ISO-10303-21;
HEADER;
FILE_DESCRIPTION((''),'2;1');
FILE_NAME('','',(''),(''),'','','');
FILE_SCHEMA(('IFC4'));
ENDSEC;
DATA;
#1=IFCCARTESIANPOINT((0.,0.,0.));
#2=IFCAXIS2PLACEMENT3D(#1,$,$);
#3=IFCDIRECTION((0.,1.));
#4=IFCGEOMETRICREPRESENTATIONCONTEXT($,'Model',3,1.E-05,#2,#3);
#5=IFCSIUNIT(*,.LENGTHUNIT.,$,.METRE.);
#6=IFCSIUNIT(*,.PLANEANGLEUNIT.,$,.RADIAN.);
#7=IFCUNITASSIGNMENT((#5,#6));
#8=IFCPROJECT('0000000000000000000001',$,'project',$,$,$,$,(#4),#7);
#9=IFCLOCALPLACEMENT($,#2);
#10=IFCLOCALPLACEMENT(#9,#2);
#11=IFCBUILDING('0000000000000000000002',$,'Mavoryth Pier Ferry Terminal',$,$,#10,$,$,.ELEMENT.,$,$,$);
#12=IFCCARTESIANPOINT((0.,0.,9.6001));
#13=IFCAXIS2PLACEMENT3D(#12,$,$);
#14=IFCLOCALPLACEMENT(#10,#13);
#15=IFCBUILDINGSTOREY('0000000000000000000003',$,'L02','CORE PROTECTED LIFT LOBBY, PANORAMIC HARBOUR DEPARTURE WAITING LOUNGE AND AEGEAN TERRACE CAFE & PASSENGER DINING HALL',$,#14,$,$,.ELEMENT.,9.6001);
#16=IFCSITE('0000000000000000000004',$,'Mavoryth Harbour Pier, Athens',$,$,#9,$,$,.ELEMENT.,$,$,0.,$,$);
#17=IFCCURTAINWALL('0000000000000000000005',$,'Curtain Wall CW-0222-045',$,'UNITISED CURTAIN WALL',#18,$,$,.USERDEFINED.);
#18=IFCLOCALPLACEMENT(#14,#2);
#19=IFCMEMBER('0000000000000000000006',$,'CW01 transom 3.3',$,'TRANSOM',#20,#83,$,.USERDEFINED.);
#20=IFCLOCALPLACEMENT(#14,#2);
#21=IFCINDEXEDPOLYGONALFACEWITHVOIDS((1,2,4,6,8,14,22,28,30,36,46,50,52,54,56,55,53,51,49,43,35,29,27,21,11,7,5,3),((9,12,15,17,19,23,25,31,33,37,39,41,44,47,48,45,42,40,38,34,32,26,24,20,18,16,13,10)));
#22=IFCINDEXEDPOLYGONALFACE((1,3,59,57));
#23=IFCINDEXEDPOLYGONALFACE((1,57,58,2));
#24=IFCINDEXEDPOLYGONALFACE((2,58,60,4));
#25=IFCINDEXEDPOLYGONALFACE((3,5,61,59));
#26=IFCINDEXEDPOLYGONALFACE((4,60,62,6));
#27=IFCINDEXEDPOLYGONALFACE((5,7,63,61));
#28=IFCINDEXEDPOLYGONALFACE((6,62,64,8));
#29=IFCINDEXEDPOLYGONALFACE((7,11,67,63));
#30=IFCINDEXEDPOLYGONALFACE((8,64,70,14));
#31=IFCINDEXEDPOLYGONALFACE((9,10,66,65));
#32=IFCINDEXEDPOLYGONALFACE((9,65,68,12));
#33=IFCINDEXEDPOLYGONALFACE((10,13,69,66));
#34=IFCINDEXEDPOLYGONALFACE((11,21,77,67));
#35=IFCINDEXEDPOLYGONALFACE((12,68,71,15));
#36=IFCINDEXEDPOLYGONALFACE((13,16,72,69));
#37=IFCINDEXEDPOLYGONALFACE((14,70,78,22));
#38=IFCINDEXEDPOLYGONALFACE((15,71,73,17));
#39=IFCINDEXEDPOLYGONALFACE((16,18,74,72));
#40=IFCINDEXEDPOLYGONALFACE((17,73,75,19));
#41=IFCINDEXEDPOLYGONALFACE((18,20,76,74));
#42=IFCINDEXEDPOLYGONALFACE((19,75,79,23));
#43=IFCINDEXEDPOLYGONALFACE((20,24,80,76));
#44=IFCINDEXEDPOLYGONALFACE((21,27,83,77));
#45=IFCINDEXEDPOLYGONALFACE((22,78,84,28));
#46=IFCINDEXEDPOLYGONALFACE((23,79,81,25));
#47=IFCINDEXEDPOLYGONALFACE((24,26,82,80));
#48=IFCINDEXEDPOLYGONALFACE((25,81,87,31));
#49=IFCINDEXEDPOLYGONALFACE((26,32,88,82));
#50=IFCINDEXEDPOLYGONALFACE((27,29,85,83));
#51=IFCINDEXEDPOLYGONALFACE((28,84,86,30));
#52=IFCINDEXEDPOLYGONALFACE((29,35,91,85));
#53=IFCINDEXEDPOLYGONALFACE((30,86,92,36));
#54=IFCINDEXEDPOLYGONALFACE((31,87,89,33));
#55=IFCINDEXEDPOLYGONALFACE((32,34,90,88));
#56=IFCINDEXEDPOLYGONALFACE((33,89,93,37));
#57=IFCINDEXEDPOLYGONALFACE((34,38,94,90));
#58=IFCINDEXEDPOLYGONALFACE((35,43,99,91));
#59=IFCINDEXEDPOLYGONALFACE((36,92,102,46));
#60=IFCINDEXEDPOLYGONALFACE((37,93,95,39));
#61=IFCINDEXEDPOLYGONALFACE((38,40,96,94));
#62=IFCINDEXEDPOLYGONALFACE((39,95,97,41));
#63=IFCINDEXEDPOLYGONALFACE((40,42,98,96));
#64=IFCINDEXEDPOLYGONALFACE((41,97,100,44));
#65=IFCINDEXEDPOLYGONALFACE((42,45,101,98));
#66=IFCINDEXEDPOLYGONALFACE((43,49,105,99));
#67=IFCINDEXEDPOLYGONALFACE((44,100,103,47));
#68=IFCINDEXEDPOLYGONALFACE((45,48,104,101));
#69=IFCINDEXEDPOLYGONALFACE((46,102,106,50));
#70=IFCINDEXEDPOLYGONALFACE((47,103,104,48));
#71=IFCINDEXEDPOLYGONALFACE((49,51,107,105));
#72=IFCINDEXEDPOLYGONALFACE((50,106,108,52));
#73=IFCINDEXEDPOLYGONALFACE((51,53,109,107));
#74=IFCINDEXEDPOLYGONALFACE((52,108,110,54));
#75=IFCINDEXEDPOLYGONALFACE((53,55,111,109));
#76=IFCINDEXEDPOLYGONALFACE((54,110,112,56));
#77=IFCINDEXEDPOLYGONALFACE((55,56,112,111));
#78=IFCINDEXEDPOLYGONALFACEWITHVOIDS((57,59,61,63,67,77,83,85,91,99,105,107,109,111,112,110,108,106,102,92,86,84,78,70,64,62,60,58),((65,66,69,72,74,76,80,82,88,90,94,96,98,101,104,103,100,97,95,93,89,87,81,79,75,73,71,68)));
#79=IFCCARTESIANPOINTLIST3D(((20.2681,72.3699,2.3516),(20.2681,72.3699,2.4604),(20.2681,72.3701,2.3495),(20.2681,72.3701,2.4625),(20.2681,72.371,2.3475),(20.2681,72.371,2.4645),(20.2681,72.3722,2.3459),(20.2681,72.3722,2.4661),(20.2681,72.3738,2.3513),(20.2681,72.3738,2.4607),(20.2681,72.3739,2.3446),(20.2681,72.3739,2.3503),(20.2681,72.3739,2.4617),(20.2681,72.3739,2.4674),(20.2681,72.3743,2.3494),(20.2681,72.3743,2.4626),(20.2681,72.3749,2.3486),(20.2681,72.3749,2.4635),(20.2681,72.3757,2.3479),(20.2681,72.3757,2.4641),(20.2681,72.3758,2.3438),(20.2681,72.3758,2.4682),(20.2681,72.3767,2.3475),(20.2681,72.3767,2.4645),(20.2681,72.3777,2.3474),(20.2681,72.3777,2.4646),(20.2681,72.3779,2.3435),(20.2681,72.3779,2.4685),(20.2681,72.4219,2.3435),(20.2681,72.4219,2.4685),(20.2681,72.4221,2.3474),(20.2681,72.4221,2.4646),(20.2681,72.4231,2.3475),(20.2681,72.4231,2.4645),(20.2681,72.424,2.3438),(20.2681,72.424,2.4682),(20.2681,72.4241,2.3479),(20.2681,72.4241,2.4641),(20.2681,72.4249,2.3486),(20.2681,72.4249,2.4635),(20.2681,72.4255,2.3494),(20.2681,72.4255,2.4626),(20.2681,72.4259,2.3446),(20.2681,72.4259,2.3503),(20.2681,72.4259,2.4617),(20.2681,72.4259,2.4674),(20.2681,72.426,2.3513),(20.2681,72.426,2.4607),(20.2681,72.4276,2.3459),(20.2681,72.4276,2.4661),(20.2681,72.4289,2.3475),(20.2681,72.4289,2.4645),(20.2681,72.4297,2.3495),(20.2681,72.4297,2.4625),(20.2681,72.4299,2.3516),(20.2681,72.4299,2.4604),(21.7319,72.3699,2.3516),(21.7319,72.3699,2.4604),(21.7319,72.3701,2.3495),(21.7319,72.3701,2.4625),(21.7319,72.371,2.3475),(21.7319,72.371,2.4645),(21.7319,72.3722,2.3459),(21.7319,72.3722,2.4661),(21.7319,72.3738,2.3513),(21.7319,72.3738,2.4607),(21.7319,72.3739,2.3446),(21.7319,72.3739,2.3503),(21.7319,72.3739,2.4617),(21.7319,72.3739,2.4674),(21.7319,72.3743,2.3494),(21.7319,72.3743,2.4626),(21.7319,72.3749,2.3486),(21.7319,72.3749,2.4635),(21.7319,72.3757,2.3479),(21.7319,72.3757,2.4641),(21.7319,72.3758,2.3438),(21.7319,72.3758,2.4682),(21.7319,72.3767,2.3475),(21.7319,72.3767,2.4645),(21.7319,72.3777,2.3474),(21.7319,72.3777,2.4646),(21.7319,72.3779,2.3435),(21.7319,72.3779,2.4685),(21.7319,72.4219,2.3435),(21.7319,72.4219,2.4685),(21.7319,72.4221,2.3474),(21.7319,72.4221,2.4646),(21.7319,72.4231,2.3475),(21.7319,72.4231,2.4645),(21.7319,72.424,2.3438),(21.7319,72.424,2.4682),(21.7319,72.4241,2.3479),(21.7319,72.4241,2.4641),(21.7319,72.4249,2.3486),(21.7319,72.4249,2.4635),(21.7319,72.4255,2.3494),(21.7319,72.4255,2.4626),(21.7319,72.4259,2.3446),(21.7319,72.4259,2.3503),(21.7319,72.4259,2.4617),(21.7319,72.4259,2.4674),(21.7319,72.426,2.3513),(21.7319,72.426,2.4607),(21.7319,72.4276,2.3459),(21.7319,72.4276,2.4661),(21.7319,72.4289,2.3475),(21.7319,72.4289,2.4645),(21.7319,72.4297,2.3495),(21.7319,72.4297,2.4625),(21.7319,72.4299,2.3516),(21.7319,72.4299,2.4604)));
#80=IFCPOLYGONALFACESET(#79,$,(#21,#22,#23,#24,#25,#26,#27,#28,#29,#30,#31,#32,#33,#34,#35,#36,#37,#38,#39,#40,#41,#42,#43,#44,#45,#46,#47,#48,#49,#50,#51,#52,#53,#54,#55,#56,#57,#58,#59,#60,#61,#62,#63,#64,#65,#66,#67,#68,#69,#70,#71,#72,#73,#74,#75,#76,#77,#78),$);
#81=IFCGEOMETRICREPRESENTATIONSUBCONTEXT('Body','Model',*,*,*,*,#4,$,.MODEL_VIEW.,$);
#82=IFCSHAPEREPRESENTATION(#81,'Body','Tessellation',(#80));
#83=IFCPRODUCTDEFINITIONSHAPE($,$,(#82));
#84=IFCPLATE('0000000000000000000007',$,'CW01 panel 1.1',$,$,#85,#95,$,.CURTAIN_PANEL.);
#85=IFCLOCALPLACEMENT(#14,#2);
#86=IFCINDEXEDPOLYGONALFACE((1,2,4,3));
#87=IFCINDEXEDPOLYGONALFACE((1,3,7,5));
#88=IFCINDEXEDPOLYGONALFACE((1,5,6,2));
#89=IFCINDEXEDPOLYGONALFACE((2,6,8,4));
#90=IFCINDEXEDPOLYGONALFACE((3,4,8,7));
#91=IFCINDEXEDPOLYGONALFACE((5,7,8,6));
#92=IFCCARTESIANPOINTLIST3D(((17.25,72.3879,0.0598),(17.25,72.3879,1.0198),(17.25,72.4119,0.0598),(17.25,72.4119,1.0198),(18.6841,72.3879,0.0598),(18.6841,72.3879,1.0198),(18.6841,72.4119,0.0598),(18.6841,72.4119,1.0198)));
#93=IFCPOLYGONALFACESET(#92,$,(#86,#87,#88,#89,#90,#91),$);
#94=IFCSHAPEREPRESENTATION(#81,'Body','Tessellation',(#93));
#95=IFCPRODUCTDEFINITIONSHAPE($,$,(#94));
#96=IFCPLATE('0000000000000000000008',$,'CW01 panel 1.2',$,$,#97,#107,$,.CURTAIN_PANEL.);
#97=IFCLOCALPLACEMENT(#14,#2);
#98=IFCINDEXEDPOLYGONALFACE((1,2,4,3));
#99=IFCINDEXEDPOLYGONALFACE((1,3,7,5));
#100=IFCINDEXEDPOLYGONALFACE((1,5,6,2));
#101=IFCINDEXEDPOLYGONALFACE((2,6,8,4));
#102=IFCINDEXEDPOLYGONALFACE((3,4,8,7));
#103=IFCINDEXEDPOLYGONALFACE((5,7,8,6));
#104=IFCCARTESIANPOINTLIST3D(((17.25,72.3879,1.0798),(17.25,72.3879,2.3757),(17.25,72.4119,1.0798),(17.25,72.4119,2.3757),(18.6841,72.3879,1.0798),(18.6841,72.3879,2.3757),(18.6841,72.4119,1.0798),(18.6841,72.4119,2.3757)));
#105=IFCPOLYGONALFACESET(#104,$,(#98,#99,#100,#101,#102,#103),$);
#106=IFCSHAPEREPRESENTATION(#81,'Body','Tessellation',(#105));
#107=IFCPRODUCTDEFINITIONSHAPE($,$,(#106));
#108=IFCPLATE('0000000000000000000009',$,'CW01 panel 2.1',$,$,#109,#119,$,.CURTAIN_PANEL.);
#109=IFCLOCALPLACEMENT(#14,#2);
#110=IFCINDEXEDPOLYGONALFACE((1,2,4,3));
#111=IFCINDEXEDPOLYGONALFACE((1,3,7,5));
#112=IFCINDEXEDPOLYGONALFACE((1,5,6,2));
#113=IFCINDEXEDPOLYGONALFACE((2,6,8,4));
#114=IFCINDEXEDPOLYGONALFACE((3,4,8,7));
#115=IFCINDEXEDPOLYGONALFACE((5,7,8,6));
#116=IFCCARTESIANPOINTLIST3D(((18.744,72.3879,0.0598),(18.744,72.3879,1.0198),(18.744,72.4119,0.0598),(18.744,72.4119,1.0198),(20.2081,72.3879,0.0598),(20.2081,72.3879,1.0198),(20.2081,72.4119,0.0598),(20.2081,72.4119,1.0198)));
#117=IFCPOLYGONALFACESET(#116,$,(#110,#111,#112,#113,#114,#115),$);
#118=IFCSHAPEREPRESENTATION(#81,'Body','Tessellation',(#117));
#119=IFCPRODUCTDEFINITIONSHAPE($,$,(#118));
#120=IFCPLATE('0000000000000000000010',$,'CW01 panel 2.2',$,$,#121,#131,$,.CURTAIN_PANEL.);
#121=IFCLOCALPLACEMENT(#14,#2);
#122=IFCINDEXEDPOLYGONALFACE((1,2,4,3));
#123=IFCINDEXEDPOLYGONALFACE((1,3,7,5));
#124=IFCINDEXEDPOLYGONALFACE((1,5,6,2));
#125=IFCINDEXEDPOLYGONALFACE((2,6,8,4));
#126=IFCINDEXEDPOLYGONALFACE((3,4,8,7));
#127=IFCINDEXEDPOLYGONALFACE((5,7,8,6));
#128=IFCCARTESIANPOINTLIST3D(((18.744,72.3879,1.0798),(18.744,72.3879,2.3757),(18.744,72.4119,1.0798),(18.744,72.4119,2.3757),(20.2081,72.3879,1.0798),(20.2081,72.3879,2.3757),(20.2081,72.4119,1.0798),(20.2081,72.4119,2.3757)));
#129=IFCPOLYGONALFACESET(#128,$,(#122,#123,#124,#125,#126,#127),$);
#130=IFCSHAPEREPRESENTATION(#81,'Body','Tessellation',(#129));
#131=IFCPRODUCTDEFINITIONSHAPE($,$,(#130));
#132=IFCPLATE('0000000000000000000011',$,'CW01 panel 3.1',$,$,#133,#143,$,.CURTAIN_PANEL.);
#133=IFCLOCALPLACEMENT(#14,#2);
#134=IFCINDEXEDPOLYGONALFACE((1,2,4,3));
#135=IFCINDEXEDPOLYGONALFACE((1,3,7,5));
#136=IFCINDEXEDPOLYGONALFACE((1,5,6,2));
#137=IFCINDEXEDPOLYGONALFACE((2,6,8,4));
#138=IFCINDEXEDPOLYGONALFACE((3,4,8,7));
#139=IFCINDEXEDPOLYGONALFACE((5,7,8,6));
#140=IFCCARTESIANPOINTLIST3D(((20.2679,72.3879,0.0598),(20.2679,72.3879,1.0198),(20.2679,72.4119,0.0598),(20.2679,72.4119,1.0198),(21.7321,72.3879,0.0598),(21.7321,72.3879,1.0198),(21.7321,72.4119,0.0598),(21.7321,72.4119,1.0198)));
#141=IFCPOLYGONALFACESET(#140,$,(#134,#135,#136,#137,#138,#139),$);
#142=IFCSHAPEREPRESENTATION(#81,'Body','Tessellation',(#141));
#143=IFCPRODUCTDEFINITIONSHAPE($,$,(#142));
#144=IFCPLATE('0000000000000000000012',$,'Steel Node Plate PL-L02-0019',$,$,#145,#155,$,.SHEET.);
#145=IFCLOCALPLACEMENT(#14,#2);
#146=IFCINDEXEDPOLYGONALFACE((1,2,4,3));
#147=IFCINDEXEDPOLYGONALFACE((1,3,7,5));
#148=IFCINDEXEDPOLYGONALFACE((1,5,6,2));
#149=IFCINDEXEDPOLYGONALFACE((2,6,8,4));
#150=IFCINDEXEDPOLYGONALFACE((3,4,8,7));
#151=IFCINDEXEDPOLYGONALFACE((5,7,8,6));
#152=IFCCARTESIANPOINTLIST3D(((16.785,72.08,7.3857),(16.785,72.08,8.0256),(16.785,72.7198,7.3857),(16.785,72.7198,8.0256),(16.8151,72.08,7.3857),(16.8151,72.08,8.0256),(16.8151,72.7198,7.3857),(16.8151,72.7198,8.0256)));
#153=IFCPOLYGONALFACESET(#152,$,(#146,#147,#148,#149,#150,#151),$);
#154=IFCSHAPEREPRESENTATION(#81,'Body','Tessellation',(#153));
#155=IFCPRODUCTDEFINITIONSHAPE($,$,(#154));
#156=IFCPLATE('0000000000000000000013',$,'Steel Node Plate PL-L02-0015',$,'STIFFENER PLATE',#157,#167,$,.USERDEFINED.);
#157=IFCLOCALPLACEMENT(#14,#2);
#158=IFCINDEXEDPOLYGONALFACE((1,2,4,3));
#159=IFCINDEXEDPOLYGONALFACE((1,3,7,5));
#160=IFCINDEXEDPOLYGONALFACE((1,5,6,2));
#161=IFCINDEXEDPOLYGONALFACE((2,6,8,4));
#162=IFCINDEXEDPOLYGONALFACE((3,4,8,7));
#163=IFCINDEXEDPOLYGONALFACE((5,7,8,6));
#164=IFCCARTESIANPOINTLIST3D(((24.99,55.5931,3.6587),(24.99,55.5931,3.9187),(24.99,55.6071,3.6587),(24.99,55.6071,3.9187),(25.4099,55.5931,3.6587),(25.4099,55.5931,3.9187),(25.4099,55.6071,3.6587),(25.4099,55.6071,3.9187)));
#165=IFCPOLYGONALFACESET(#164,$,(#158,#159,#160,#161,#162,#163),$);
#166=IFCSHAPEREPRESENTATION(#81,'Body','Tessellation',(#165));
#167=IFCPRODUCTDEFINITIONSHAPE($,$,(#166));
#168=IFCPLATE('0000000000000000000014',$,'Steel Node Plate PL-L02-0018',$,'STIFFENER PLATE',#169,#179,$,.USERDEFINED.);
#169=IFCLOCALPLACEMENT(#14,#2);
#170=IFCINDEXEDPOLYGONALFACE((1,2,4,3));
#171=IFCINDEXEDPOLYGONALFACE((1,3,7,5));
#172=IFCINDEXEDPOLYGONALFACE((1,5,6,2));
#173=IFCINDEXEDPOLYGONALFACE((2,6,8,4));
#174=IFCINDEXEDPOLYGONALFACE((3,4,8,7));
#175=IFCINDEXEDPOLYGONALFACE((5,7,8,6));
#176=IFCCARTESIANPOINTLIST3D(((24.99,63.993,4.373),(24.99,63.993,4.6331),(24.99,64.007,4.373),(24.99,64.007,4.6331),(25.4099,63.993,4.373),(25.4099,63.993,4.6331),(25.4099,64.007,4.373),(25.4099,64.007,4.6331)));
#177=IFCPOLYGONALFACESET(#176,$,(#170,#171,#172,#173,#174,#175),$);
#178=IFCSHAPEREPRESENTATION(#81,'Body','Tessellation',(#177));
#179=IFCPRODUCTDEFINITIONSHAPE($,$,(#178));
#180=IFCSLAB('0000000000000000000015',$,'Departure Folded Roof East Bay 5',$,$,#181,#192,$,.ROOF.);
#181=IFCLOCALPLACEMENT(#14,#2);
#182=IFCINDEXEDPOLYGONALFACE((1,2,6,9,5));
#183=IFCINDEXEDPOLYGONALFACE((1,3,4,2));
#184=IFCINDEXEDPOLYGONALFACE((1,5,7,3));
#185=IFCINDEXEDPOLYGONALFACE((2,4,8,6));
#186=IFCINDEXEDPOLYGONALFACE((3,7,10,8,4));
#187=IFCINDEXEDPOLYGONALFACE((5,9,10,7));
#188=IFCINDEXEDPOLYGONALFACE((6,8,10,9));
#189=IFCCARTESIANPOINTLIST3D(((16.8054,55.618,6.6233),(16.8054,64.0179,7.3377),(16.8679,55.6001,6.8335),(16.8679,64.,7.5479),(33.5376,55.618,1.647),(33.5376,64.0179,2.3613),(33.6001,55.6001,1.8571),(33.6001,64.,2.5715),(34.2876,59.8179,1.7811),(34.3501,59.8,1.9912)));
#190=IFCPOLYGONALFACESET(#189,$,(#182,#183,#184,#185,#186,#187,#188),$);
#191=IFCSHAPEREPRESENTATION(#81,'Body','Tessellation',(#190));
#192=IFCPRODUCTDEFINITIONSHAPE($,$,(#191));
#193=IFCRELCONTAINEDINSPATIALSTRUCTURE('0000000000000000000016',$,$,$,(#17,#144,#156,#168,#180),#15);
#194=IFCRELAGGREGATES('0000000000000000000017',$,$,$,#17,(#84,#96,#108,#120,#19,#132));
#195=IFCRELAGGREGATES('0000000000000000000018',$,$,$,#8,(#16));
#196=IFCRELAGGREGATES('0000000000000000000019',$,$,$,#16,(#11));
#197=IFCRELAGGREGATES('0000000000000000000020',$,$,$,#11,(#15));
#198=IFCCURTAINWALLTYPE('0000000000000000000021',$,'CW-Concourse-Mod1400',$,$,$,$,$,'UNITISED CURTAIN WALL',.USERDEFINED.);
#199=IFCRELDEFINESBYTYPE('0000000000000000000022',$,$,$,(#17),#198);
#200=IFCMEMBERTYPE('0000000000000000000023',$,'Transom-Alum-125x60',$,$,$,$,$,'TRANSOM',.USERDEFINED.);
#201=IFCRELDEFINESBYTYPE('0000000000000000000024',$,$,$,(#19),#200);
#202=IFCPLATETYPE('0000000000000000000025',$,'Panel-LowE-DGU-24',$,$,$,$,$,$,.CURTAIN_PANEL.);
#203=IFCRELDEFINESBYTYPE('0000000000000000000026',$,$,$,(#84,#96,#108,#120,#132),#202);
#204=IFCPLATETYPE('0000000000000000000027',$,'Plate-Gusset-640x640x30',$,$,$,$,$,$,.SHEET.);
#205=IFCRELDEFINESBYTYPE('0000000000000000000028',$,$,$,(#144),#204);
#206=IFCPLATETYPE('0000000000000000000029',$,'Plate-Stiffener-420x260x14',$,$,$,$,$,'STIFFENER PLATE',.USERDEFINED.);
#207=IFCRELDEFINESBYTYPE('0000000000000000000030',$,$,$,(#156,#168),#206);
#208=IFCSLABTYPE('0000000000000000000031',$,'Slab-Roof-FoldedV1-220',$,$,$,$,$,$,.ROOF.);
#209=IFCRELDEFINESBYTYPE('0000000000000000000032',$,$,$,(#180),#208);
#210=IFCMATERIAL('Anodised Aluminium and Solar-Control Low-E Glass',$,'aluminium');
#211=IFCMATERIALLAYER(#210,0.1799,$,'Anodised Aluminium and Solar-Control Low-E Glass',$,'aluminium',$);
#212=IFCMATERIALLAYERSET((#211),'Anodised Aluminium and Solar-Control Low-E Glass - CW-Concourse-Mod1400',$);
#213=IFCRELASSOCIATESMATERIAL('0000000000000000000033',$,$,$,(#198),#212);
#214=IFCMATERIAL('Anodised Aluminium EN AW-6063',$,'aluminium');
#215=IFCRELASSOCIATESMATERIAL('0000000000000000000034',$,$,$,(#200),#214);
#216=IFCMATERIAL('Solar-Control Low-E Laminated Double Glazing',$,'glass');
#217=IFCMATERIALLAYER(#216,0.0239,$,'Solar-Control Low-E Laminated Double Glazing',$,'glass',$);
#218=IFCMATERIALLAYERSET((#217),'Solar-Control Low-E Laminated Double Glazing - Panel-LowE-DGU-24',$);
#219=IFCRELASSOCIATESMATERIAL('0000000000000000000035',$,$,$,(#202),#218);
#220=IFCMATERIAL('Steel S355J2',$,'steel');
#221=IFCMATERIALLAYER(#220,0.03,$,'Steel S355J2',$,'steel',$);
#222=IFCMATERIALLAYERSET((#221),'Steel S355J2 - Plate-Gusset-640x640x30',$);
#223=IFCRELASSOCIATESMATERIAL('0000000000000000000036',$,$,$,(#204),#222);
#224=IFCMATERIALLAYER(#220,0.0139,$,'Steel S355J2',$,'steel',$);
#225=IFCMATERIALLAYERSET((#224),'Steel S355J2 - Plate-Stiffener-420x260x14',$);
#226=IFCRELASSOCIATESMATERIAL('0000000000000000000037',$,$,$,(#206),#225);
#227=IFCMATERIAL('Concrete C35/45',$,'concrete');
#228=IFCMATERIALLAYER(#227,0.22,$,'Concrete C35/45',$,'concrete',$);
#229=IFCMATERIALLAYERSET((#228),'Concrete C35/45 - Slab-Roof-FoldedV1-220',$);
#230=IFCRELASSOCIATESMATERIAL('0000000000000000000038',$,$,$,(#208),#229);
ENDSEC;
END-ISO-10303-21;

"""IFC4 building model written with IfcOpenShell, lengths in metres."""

from ifc_helpers import new_model, si_unit, direction, frame, origin, origin_2d, place, context, subcontext, project, spatial, polyline, rectangle, hollow_rectangle, outline, extrude, material, layer, layer_set, material_profile, profile_set, type_object, element, aggregate, save


model = new_model("IFC4")

# Units and contexts
model_context = context("Model", 3, precision=1e-05, world=origin(), true_north=direction((0.0, 1.0)))
body_context = subcontext(model_context, "Body", "Model", "MODEL_VIEW")
ifc_project = project(units=[si_unit("LENGTHUNIT", "METRE"), si_unit("PLANEANGLEUNIT", "RADIAN")], contexts=[model_context])

# Site, building, storey
site_placement = place(None, origin())
site = spatial("IfcSite", under=ifc_project, at=site_placement, Name="Mavoryth Harbour Pier, Athens", CompositionType="ELEMENT", RefElevation=0.0)
building_placement = place(site_placement, origin())
building = spatial("IfcBuilding", under=site, at=building_placement, Name="Mavoryth Pier Ferry Terminal", CompositionType="ELEMENT")
storey_placement = place(building_placement, frame((0.0, 0.0, 9.6001)))
storey = spatial("IfcBuildingStorey", under=building, at=storey_placement, Name="L02", Description="CORE PROTECTED LIFT LOBBY, PANORAMIC HARBOUR DEPARTURE WAITING LOUNGE AND AEGEAN TERRACE CAFE & PASSENGER DINING HALL", CompositionType="ELEMENT", Elevation=9.6001)

# Shared definitions
ifc_material_1 = material(Name="Steel S355J2", Category="steel")

# Curtain wall
ifc_material_2 = material(Name="Anodised Aluminium and Solar-Control Low-E Glass", Category="aluminium")
ifc_layer_1 = layer(ifc_material_2, 0.1799, Name="Anodised Aluminium and Solar-Control Low-E Glass", Category="aluminium")
ifc_layer_set_1 = layer_set([ifc_layer_1], Name="Anodised Aluminium and Solar-Control Low-E Glass - CW-Concourse-Mod1400")
curtain_wall_type = type_object("IfcCurtainWallType", Name="CW-Concourse-Mod1400", ElementType="UNITISED CURTAIN WALL", PredefinedType="USERDEFINED", material=ifc_layer_set_1)
curtain_wall_placement = place(storey_placement, origin())
curtain_wall = element("IfcCurtainWall", 1, at=curtain_wall_placement, inside=storey, type_object=curtain_wall_type, Name="Curtain Wall CW-0222-045", ObjectType="UNITISED CURTAIN WALL", PredefinedType="USERDEFINED")
ifc_material_3 = material(Name="Anodised Aluminium EN AW-6063", Category="aluminium")

# Member
ifc_material_profile_1 = material_profile(ifc_material_3, hollow_rectangle(XDim=0.0601, YDim=0.125, WallThickness=0.0039, InnerFilletRadius=0.0039, OuterFilletRadius=0.0081, at=origin_2d()), Name="AL-TRAN 125x60x4", Category="aluminium")
ifc_profile_set_1 = profile_set([ifc_material_profile_1], Name="Anodised Aluminium EN AW-6063 - AL-TRAN 125x60x4")
member_type_1 = type_object("IfcMemberType", Name="Transom-Alum-125x60", ElementType="TRANSOM", PredefinedType="USERDEFINED", material=ifc_profile_set_1)
member_1_placement = place(storey_placement, frame((20.2681, 72.3999, 2.406), z_axis=(1.0, 0.0, 0.0), x_axis=(0.0, 1.0, 0.0)))
member_1 = element("IfcMember", 2, at=member_1_placement, type_object=member_type_1, Name="CW01 transom 3.3", ObjectType="TRANSOM", PredefinedType="USERDEFINED", context=body_context, shape_type="SweptSolid", body=[
    extrude(hollow_rectangle(XDim=0.0601, YDim=0.125, WallThickness=0.0039, InnerFilletRadius=0.0039, OuterFilletRadius=0.0081, at=origin_2d()), origin(), (0.0, 0.0, 1.0), 1.4639),
])

# Plates
ifc_material_4 = material(Name="Solar-Control Low-E Laminated Double Glazing", Category="glass")
ifc_layer_2 = layer(ifc_material_4, 0.0239, Name="Solar-Control Low-E Laminated Double Glazing", Category="glass")
ifc_layer_set_2 = layer_set([ifc_layer_2], Name="Solar-Control Low-E Laminated Double Glazing - Panel-LowE-DGU-24")
plate_type_1 = type_object("IfcPlateType", Name="Panel-LowE-DGU-24", PredefinedType="CURTAIN_PANEL", material=ifc_layer_set_2)
plate_1_placement = place(storey_placement, frame((17.967, 72.3999, 0.0598), z_axis=(0.0, 0.0, 1.0), x_axis=(1.0, 0.0, 0.0)))
plate_1 = element("IfcPlate", 3, at=plate_1_placement, type_object=plate_type_1, Name="CW01 panel 1.1", PredefinedType="CURTAIN_PANEL", context=body_context, shape_type="SweptSolid", body=[
    extrude(rectangle(XDim=1.4341, YDim=0.0239, at=origin_2d()), origin(), (0.0, 0.0, 1.0), 0.96),
])
plate_2_placement = place(storey_placement, frame((17.967, 72.3999, 1.0798), z_axis=(0.0, 0.0, 1.0), x_axis=(1.0, 0.0, 0.0)))
plate_2 = element("IfcPlate", 4, at=plate_2_placement, type_object=plate_type_1, Name="CW01 panel 1.2", PredefinedType="CURTAIN_PANEL", context=body_context, shape_type="SweptSolid", body=[
    extrude(rectangle(XDim=1.4341, YDim=0.0239, at=origin_2d()), origin(), (0.0, 0.0, 1.0), 1.2959),
])
plate_3_placement = place(storey_placement, frame((19.4761, 72.3999, 0.0598), z_axis=(0.0, 0.0, 1.0), x_axis=(1.0, 0.0, 0.0)))
plate_3 = element("IfcPlate", 5, at=plate_3_placement, type_object=plate_type_1, Name="CW01 panel 2.1", PredefinedType="CURTAIN_PANEL", context=body_context, shape_type="SweptSolid", body=[
    extrude(rectangle(XDim=1.4641, YDim=0.0239, at=origin_2d()), origin(), (0.0, 0.0, 1.0), 0.96),
])
plate_4_placement = place(storey_placement, frame((19.4761, 72.3999, 1.0798), z_axis=(0.0, 0.0, 1.0), x_axis=(1.0, 0.0, 0.0)))
plate_4 = element("IfcPlate", 6, at=plate_4_placement, type_object=plate_type_1, Name="CW01 panel 2.2", PredefinedType="CURTAIN_PANEL", context=body_context, shape_type="SweptSolid", body=[
    extrude(rectangle(XDim=1.4641, YDim=0.0239, at=origin_2d()), origin(), (0.0, 0.0, 1.0), 1.2959),
])
plate_5_placement = place(storey_placement, frame((21.0, 72.3999, 0.0598), z_axis=(0.0, 0.0, 1.0), x_axis=(1.0, 0.0, 0.0)))
plate_5 = element("IfcPlate", 7, at=plate_5_placement, type_object=plate_type_1, Name="CW01 panel 3.1", PredefinedType="CURTAIN_PANEL", context=body_context, shape_type="SweptSolid", body=[
    extrude(rectangle(XDim=1.4641, YDim=0.0239, at=origin_2d()), origin(), (0.0, 0.0, 1.0), 0.96),
])
aggregate(curtain_wall, [plate_1, plate_2, plate_3, plate_4, member_1, plate_5])

# Plates
ifc_layer_3 = layer(ifc_material_1, 0.03, Name="Steel S355J2", Category="steel")
ifc_layer_set_3 = layer_set([ifc_layer_3], Name="Steel S355J2 - Plate-Gusset-640x640x30")
plate_type_2 = type_object("IfcPlateType", Name="Plate-Gusset-640x640x30", PredefinedType="SHEET", material=ifc_layer_set_3)
plate_6_placement = place(storey_placement, frame((16.8, 72.3999, 7.3857), z_axis=(0.0, 0.0, 1.0), x_axis=(0.0, 1.0, 0.0)))
element("IfcPlate", 8, at=plate_6_placement, inside=storey, type_object=plate_type_2, Name="Steel Node Plate PL-L02-0019", PredefinedType="SHEET", context=body_context, shape_type="SweptSolid", body=[
    extrude(rectangle(XDim=0.6399, YDim=0.03, at=origin_2d()), origin(), (0.0, 0.0, 1.0), 0.6399),
])
ifc_layer_4 = layer(ifc_material_1, 0.0139, Name="Steel S355J2", Category="steel")
ifc_layer_set_4 = layer_set([ifc_layer_4], Name="Steel S355J2 - Plate-Stiffener-420x260x14")
plate_type_3 = type_object("IfcPlateType", Name="Plate-Stiffener-420x260x14", ElementType="STIFFENER PLATE", PredefinedType="USERDEFINED", material=ifc_layer_set_4)
for number, where, z_axis, x_axis, name in (
    (9, (25.2, 55.6001, 3.6587), (0.0, 0.0, 1.0), (1.0, 0.0, 0.0), "Steel Node Plate PL-L02-0015"),
    (10, (25.2, 64.0, 4.373), (0.0, 0.0, 1.0), (1.0, 0.0, 0.0), "Steel Node Plate PL-L02-0018"),
):
    element("IfcPlate", number, at=place(storey_placement, frame(where, z_axis=z_axis, x_axis=x_axis)), inside=storey, type_object=plate_type_3, Name=name, ObjectType="STIFFENER PLATE", PredefinedType="USERDEFINED", context=body_context, shape_type="SweptSolid", body=[
        extrude(rectangle(XDim=0.4199, YDim=0.0139, at=origin_2d()), origin(), (0.0, 0.0, 1.0), 0.26),
    ])

# Slab
ifc_material_5 = material(Name="Concrete C35/45", Category="concrete")
ifc_layer_5 = layer(ifc_material_5, 0.22, Name="Concrete C35/45", Category="concrete")
ifc_layer_set_5 = layer_set([ifc_layer_5], Name="Concrete C35/45 - Slab-Roof-FoldedV1-220")
slab_type = type_object("IfcSlabType", Name="Slab-Roof-FoldedV1-220", PredefinedType="ROOF", material=ifc_layer_set_5)
for number, where, z_axis, x_axis, name in (
    (11, (16.8679, 55.6001, 6.8335), (0.284129, -0.081245, 0.955337), (0.958506, 0.0, -0.285072), "Departure Folded Roof East Bay 5"),
):
    element("IfcSlab", number, at=place(storey_placement, frame(where, z_axis=z_axis, x_axis=x_axis)), inside=storey, type_object=slab_type, Name=name, PredefinedType="ROOF", context=body_context, shape_type="SweptSolid", body=[
        extrude(outline(polyline([(0.0, 0.0), (17.4565, 0.0), (18.1372, 4.2139), (17.2529, 8.4278), (-0.2036, 8.4278), (0.0, 0.0)])), origin(), (0.0, 0.0, -1.0), 0.22),
    ])

save(model, "model.ifc")
